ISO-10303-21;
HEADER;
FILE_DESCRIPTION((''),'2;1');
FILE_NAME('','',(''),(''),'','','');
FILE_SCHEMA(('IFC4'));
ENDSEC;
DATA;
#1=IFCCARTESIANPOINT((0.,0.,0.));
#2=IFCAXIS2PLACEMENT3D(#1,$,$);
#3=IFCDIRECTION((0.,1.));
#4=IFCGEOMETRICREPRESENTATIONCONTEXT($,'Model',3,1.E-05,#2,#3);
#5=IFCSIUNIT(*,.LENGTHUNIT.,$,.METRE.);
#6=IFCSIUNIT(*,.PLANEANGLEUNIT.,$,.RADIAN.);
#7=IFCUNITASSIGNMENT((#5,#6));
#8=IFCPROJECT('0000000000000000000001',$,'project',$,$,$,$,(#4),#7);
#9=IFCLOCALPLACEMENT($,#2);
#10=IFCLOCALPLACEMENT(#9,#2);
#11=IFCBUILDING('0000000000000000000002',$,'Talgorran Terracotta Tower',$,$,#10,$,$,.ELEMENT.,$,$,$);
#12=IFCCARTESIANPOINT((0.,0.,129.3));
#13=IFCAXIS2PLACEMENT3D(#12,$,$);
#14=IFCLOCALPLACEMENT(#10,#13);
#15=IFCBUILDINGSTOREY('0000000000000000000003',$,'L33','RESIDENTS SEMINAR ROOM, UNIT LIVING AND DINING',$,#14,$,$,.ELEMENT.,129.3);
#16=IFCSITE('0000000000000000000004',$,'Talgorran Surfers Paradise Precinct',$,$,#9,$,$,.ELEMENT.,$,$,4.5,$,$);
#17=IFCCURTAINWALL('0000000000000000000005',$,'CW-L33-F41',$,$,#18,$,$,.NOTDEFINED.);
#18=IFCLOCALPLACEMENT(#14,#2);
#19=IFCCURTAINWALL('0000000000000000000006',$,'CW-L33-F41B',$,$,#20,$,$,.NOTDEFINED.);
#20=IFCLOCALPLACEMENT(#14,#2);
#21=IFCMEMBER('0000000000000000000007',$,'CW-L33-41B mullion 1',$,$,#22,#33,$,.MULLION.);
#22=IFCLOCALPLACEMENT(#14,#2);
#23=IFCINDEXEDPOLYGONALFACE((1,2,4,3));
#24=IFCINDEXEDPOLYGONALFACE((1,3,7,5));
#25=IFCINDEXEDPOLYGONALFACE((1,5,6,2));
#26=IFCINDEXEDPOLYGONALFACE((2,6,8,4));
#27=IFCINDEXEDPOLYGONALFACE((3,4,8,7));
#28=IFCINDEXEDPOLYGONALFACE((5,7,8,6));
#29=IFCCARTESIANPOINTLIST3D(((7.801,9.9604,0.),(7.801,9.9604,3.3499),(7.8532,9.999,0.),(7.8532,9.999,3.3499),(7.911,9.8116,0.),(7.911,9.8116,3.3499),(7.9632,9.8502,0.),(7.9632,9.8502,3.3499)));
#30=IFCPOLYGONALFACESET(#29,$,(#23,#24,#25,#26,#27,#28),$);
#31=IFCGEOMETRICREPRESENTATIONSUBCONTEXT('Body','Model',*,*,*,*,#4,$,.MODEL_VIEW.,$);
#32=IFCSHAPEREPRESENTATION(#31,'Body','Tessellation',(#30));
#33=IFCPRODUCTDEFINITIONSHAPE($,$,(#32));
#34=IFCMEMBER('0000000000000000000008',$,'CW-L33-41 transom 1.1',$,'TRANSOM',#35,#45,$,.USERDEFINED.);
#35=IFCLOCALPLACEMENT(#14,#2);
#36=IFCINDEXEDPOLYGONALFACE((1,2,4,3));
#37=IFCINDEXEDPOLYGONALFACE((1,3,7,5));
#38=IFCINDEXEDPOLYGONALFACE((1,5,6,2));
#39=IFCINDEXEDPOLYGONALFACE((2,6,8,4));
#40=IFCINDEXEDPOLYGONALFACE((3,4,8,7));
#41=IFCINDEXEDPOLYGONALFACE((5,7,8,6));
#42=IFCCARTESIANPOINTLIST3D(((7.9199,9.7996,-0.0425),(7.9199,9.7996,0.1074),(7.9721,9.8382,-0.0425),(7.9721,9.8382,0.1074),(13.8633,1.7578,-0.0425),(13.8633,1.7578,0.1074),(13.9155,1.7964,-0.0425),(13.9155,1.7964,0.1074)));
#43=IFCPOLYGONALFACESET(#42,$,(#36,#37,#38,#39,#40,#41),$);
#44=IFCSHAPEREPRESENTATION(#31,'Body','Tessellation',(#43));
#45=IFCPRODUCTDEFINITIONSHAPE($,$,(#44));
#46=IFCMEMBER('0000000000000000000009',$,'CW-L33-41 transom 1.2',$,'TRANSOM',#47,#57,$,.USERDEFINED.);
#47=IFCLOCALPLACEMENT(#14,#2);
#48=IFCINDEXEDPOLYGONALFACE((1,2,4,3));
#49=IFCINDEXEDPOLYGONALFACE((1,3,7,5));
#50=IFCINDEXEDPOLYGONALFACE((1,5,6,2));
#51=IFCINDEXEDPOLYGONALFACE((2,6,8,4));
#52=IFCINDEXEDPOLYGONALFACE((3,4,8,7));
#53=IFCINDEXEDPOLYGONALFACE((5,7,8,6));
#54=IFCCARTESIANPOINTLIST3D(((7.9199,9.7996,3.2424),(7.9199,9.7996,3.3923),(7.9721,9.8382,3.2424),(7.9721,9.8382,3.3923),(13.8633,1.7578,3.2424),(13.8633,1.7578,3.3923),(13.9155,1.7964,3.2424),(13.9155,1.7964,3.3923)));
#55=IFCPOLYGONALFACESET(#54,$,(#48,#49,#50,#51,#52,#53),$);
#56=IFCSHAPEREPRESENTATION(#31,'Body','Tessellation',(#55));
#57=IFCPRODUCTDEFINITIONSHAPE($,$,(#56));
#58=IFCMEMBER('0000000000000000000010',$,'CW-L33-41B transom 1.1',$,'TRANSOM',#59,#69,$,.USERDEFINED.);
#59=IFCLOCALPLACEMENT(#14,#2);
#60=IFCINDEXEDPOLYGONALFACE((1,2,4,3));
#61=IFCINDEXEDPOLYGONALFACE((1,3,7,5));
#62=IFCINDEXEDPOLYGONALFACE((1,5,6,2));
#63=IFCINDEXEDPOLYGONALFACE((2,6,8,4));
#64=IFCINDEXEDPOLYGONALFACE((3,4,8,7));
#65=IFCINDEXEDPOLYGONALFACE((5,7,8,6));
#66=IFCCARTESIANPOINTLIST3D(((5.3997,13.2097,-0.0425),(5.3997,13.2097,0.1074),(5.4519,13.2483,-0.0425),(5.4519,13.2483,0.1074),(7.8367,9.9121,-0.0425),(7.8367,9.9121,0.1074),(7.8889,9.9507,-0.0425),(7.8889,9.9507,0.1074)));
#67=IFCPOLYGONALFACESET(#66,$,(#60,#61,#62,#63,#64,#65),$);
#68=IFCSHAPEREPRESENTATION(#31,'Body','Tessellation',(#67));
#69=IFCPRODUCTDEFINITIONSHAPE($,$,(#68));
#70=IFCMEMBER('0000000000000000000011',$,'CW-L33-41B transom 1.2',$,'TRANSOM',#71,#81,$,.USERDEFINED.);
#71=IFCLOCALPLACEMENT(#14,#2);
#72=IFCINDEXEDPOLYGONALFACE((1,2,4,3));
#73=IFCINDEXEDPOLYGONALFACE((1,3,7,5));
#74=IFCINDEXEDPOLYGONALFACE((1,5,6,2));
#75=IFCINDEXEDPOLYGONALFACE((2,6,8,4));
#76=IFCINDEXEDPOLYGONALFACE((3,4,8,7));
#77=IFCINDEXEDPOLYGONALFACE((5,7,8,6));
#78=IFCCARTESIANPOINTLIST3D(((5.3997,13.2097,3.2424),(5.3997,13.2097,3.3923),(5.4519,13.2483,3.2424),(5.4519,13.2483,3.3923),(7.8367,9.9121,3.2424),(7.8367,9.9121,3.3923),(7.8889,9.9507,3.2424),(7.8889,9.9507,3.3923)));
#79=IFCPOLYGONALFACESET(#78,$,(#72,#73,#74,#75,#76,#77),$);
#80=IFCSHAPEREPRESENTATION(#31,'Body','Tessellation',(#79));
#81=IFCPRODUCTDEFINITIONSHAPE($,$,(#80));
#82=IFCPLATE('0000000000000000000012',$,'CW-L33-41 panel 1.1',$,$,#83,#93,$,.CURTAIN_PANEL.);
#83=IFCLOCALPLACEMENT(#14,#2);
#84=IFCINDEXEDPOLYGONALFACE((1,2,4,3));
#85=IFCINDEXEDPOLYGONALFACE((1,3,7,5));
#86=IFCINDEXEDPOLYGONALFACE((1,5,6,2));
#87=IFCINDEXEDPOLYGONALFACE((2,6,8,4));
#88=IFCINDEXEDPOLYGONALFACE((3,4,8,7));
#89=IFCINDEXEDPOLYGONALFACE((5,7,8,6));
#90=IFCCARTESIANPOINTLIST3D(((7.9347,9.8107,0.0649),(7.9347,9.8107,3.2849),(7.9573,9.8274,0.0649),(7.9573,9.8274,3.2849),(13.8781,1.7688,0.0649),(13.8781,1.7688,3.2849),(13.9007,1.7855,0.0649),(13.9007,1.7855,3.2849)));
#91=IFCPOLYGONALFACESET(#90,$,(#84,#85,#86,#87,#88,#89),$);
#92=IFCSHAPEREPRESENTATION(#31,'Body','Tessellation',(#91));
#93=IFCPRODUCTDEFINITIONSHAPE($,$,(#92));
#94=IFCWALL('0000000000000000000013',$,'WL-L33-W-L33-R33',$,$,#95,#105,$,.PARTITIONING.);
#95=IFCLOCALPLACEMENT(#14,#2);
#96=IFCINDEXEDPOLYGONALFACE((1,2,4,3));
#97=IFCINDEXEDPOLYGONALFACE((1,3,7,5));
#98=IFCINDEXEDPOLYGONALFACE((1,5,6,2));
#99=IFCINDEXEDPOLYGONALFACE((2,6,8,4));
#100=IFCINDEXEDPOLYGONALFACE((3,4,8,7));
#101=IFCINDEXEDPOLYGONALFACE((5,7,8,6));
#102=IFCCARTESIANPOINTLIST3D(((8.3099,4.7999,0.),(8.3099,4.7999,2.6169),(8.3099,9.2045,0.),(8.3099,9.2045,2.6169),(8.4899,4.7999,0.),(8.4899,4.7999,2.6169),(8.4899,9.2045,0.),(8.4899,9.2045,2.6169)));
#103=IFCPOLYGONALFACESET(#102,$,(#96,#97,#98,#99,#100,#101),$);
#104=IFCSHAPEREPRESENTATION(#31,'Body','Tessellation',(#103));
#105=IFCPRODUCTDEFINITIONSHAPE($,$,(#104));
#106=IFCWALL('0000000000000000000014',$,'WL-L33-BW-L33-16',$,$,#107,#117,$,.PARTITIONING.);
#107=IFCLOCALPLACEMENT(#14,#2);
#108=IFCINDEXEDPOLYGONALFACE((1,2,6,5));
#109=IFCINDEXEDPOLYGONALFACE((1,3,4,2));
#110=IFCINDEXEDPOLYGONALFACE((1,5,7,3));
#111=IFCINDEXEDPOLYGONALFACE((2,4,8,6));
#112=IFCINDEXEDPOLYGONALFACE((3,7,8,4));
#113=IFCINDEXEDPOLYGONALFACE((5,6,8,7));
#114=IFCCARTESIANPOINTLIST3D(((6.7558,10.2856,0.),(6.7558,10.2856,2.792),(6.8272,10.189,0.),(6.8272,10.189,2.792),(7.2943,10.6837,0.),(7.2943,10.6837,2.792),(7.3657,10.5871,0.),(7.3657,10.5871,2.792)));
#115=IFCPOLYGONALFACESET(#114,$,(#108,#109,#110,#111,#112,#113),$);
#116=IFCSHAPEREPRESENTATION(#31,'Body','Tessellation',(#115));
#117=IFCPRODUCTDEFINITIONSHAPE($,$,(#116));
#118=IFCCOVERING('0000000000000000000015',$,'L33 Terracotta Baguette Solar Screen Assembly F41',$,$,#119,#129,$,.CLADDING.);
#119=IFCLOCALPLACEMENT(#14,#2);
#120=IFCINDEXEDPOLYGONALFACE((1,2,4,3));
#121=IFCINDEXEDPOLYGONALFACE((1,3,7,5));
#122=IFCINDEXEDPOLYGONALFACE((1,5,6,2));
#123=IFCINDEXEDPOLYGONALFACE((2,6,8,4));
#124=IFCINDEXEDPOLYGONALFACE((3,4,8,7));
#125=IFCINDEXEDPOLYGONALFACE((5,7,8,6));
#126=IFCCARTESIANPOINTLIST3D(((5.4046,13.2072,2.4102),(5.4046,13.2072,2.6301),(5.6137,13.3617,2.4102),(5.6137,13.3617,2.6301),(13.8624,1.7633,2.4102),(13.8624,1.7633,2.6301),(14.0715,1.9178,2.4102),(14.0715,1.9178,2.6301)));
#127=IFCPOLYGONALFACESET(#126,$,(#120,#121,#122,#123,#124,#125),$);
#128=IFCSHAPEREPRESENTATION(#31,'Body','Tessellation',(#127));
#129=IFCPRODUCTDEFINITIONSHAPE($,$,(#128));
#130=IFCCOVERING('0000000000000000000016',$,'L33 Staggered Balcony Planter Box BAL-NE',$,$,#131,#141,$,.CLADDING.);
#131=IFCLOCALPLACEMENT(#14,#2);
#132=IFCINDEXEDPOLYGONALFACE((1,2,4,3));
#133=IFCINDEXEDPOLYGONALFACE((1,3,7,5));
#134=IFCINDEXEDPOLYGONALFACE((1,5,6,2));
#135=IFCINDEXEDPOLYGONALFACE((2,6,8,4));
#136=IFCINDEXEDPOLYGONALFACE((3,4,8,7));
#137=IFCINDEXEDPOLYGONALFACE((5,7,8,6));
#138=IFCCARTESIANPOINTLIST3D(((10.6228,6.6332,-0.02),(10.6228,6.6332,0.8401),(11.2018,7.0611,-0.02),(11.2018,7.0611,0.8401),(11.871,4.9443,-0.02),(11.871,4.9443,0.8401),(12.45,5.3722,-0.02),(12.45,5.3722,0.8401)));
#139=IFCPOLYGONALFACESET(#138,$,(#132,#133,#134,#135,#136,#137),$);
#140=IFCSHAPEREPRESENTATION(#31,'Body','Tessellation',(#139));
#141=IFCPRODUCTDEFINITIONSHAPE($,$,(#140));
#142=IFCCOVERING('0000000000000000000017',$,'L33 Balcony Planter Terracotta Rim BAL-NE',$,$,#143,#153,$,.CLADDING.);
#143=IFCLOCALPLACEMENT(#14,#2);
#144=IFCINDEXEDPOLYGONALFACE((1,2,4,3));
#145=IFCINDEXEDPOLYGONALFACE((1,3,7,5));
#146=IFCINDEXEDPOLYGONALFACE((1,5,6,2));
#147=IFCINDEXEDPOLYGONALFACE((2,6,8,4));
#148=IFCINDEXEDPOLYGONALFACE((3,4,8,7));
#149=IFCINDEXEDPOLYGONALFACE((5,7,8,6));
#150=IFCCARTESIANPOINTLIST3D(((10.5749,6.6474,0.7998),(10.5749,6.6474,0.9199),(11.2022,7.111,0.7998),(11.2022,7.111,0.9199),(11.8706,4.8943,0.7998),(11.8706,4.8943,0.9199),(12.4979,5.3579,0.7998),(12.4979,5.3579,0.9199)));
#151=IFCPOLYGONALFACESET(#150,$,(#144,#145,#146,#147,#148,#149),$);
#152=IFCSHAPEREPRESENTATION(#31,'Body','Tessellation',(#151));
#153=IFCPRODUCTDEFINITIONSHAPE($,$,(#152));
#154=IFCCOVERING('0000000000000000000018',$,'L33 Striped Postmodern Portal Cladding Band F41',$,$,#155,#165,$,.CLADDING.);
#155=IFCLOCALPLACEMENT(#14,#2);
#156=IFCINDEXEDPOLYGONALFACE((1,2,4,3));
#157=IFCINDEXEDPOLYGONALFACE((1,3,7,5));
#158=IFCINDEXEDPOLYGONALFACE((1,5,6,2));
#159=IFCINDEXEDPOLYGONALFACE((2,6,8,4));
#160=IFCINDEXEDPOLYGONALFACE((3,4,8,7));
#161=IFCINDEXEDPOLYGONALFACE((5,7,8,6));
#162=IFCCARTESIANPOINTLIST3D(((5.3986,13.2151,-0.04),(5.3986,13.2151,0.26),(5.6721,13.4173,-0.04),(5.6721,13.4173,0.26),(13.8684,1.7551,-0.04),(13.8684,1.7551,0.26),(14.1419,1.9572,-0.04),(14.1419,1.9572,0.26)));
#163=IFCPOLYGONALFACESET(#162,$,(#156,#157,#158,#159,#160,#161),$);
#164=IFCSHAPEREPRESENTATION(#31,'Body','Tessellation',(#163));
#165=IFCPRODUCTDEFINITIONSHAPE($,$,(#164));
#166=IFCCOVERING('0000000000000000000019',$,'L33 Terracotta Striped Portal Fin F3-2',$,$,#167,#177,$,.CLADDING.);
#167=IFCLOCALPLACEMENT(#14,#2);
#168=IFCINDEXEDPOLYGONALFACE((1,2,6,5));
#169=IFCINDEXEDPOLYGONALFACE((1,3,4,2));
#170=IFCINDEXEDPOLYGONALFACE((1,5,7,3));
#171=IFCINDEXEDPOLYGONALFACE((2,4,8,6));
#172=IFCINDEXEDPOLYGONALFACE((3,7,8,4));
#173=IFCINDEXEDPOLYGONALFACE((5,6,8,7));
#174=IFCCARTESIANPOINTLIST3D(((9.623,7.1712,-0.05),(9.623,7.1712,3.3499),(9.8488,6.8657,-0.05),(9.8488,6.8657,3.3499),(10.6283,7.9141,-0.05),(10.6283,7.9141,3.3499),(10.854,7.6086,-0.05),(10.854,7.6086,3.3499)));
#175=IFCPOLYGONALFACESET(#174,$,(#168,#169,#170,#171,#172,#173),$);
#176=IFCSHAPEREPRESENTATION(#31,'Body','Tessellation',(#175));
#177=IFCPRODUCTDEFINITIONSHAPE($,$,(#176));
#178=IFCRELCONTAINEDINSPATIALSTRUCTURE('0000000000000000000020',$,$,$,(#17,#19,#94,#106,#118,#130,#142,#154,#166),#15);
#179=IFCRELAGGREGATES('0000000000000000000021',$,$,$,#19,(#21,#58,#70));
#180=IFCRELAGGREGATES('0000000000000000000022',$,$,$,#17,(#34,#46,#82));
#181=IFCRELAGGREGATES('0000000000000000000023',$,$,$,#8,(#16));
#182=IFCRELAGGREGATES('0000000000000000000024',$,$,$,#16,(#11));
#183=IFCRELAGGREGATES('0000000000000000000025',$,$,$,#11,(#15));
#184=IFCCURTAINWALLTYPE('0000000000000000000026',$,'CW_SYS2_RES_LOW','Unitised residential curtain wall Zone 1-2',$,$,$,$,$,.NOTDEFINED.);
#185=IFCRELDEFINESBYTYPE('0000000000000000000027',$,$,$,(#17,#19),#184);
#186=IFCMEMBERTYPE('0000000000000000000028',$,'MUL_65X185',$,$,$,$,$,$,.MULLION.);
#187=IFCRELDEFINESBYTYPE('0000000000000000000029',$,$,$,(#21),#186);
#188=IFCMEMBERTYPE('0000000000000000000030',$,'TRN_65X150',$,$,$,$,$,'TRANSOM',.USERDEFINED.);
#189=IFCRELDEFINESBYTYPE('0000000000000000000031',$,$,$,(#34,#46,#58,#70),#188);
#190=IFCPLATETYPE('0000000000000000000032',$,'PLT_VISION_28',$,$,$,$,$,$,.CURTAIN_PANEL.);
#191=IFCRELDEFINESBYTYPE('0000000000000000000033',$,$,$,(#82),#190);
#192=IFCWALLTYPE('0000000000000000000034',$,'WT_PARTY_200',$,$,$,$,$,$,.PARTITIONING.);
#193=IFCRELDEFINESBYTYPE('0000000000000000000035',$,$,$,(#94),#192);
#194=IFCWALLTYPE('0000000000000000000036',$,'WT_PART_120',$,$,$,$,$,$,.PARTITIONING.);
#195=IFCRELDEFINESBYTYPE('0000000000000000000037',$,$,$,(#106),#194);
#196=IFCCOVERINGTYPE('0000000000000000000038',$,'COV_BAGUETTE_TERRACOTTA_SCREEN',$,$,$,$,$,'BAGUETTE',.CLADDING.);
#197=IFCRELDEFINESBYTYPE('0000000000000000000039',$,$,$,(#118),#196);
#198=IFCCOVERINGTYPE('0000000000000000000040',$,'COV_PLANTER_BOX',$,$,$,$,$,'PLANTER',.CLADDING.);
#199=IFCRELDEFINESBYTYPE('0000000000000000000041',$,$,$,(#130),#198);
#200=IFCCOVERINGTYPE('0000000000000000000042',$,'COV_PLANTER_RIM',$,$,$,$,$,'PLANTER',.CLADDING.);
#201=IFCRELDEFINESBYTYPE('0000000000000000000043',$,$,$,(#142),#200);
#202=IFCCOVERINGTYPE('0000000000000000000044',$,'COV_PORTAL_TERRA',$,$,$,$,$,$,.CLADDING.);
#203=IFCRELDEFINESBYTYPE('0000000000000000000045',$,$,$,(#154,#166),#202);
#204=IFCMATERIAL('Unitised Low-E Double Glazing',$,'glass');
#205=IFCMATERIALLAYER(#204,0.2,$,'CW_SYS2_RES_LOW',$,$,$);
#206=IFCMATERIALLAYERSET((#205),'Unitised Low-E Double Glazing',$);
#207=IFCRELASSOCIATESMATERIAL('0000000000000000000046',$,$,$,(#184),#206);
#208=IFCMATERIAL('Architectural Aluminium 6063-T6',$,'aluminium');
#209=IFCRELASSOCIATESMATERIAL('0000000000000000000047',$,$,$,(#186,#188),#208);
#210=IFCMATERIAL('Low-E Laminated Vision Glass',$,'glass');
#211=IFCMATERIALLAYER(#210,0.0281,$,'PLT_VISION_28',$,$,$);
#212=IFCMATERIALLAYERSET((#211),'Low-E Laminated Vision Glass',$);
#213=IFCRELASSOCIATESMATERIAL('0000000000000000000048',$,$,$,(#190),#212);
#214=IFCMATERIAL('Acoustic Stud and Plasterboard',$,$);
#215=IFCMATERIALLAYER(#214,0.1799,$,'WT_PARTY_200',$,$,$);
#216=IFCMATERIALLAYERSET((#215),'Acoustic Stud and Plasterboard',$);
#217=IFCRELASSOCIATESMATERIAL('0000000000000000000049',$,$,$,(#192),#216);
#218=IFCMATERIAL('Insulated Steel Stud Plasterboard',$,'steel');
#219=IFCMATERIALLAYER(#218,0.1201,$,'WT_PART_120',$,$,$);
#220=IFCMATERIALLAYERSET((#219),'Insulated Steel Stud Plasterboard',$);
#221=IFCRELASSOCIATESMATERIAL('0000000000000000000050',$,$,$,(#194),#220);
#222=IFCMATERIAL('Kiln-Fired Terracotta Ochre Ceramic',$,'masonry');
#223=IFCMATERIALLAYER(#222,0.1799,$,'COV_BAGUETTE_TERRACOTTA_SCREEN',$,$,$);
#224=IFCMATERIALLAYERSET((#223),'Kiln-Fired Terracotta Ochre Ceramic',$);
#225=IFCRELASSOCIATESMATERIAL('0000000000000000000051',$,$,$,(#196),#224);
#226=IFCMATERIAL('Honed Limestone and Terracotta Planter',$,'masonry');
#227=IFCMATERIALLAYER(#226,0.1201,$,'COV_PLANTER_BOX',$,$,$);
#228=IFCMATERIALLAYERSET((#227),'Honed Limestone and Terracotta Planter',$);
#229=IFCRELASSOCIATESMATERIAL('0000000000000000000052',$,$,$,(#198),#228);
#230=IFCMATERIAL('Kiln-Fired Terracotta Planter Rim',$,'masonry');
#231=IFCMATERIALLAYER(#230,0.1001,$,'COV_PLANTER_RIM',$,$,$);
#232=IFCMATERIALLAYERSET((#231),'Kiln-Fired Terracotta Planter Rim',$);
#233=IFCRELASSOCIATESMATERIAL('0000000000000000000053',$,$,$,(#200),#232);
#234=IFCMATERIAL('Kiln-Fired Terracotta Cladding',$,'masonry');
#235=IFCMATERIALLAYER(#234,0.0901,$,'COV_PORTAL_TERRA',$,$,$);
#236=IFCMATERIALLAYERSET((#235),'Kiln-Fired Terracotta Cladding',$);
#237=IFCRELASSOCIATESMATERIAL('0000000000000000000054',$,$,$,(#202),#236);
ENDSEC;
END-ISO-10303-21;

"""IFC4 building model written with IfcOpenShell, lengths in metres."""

from ifc_helpers import new_model, si_unit, direction, frame, frame_2d, origin, origin_2d, place, context, subcontext, project, spatial, rectangle, extrude, source, transform, mapped, material, layer, layer_set, material_profile, profile_set, type_object, type_shapes, element, aggregate, save


model = new_model("IFC4")

# Units and contexts
model_context = context("Model", 3, precision=1e-05, world=origin(), true_north=direction((0.0, 1.0)))
body_context = subcontext(model_context, "Body", "Model", "MODEL_VIEW")
ifc_project = project(units=[si_unit("LENGTHUNIT", "METRE"), si_unit("PLANEANGLEUNIT", "RADIAN")], contexts=[model_context])

# Site, building, storey
site_placement = place(None, origin())
site = spatial("IfcSite", under=ifc_project, at=site_placement, Name="Talgorran Surfers Paradise Precinct", CompositionType="ELEMENT", RefElevation=4.5)
building_placement = place(site_placement, origin())
building = spatial("IfcBuilding", under=site, at=building_placement, Name="Talgorran Terracotta Tower", CompositionType="ELEMENT")
storey_placement = place(building_placement, frame((0.0, 0.0, 129.3)))
storey = spatial("IfcBuildingStorey", under=building, at=storey_placement, Name="L33", Description="RESIDENTS SEMINAR ROOM, UNIT LIVING AND DINING", CompositionType="ELEMENT", Elevation=129.3)

# Curtain wall
ifc_material_1 = material(Name="Unitised Low-E Double Glazing", Category="glass")
ifc_layer_1 = layer(ifc_material_1, 0.2, Name="CW_SYS2_RES_LOW")
ifc_layer_set_1 = layer_set([ifc_layer_1], Name="Unitised Low-E Double Glazing")
curtain_wall_type = type_object("IfcCurtainWallType", Name="CW_SYS2_RES_LOW", Description="Unitised residential curtain wall Zone 1-2", PredefinedType="NOTDEFINED", material=ifc_layer_set_1)
curtain_wall_1_placement = place(storey_placement, origin())
curtain_wall_1 = element("IfcCurtainWall", 1, at=curtain_wall_1_placement, inside=storey, type_object=curtain_wall_type, Name="CW-L33-F41", PredefinedType="NOTDEFINED")
ifc_material_2 = material(Name="Architectural Aluminium 6063-T6", Category="aluminium")
ifc_material_profile_1 = material_profile(ifc_material_2, rectangle(XDim=0.0649, YDim=0.1851, at=origin_2d()), Name="CWM65X185")
ifc_profile_set_1 = profile_set([ifc_material_profile_1], Name="Architectural Aluminium 6063-T6")
member_type_1 = type_object("IfcMemberType", Name="MUL_65X185", PredefinedType="MULLION", material=ifc_profile_set_1)

# Curtain wall, member
curtain_wall_2_placement = place(storey_placement, origin())
curtain_wall_2 = element("IfcCurtainWall", 2, at=curtain_wall_2_placement, inside=storey, type_object=curtain_wall_type, Name="CW-L33-F41B", PredefinedType="NOTDEFINED")
member_1_placement = place(storey_placement, frame((7.8821, 9.9053, 0.0), z_axis=(0.0, 0.0, 1.0), x_axis=(-0.80421, -0.594346, 0.0)))
member_1 = element("IfcMember", 3, at=member_1_placement, type_object=member_type_1, Name="CW-L33-41B mullion 1", PredefinedType="MULLION", context=body_context, shape_type="SweptSolid", body=[
    extrude(rectangle(XDim=0.0649, YDim=0.1851, at=origin_2d()), origin(), (0.0, 0.0, 1.0), 3.3499),
])

# Members
ifc_material_profile_2 = material_profile(ifc_material_2, rectangle(XDim=0.0649, YDim=0.1499, at=origin_2d()), Name="CWT65X150")
ifc_profile_set_2 = profile_set([ifc_material_profile_2], Name="Architectural Aluminium 6063-T6")
member_type_2 = type_object("IfcMemberType", Name="TRN_65X150", ElementType="TRANSOM", PredefinedType="USERDEFINED", material=ifc_profile_set_2)
member_2_placement = place(storey_placement, frame((13.8894, 1.7771, 0.0325), z_axis=(-0.594356, 0.804202, 0.0), x_axis=(-0.804202, -0.594356, 0.0)))
member_2 = element("IfcMember", 4, at=member_2_placement, type_object=member_type_2, Name="CW-L33-41 transom 1.1", ObjectType="TRANSOM", PredefinedType="USERDEFINED", context=body_context, shape_type="SweptSolid", body=[
    extrude(rectangle(XDim=0.0649, YDim=0.1499, at=origin_2d()), origin(), (0.0, 0.0, 1.0), 9.9998),
])
member_3_placement = place(storey_placement, frame((13.8894, 1.7771, 3.3174), z_axis=(-0.594356, 0.804202, 0.0), x_axis=(-0.804202, -0.594356, 0.0)))
member_3 = element("IfcMember", 5, at=member_3_placement, type_object=member_type_2, Name="CW-L33-41 transom 1.2", ObjectType="TRANSOM", PredefinedType="USERDEFINED", context=body_context, shape_type="SweptSolid", body=[
    extrude(rectangle(XDim=0.0649, YDim=0.1499, at=origin_2d()), origin(), (0.0, 0.0, 1.0), 9.9998),
])
member_4_placement = place(storey_placement, frame((7.8628, 9.9314, 0.0325), z_axis=(-0.594336, 0.804217, 0.0), x_axis=(-0.804217, -0.594336, 0.0)))
member_4 = element("IfcMember", 6, at=member_4_placement, type_object=member_type_2, Name="CW-L33-41B transom 1.1", ObjectType="TRANSOM", PredefinedType="USERDEFINED", context=body_context, shape_type="SweptSolid", body=[
    extrude(rectangle(XDim=0.0649, YDim=0.1499, at=origin_2d()), origin(), (0.0, 0.0, 1.0), 4.1003),
])
member_5_placement = place(storey_placement, frame((7.8628, 9.9314, 3.3174), z_axis=(-0.594336, 0.804217, 0.0), x_axis=(-0.804217, -0.594336, 0.0)))
member_5 = element("IfcMember", 7, at=member_5_placement, type_object=member_type_2, Name="CW-L33-41B transom 1.2", ObjectType="TRANSOM", PredefinedType="USERDEFINED", context=body_context, shape_type="SweptSolid", body=[
    extrude(rectangle(XDim=0.0649, YDim=0.1499, at=origin_2d()), origin(), (0.0, 0.0, 1.0), 4.1003),
])
aggregate(curtain_wall_2, [member_1, member_4, member_5])

# Plate
ifc_material_3 = material(Name="Low-E Laminated Vision Glass", Category="glass")
ifc_layer_2 = layer(ifc_material_3, 0.0281, Name="PLT_VISION_28")
ifc_layer_set_2 = layer_set([ifc_layer_2], Name="Low-E Laminated Vision Glass")
plate_type = type_object("IfcPlateType", Name="PLT_VISION_28", PredefinedType="CURTAIN_PANEL", material=ifc_layer_set_2)
shared_shape = source(origin(), body_context, "Body", "SweptSolid", [
    extrude(rectangle(XDim=9.9998, YDim=0.0281, at=origin_2d()), origin(), (0.0, 0.0, 1.0), 3.22),
])
type_shapes(plate_type, [shared_shape])
plate_placement = place(storey_placement, frame((10.9177, 5.7981, 0.0649), z_axis=(0.0, 0.0, 1.0), x_axis=(-0.594356, 0.804202, 0.0)))
plate = element("IfcPlate", 8, at=plate_placement, type_object=plate_type, Name="CW-L33-41 panel 1.1", PredefinedType="CURTAIN_PANEL", context=body_context, shape_type="MappedRepresentation", body=[
    mapped(shared_shape, transform((0.0, 0.0, 0.0), scale=1.0)),
])
aggregate(curtain_wall_1, [member_2, member_3, plate])

# Walls
ifc_material_4 = material(Name="Acoustic Stud and Plasterboard")
ifc_layer_3 = layer(ifc_material_4, 0.1799, Name="WT_PARTY_200")
ifc_layer_set_3 = layer_set([ifc_layer_3], Name="Acoustic Stud and Plasterboard")
wall_type_1 = type_object("IfcWallType", Name="WT_PARTY_200", PredefinedType="PARTITIONING", material=ifc_layer_set_3)
wall_1_placement = place(storey_placement, frame((8.3999, 4.8, 0.0), z_axis=(0.0, 0.0, 1.0), x_axis=(0.0, 1.0, 0.0)))
element("IfcWall", 9, at=wall_1_placement, inside=storey, type_object=wall_type_1, Name="WL-L33-W-L33-R33", PredefinedType="PARTITIONING", context=body_context, shape_type="SweptSolid", body=[
    extrude(rectangle(XDim=4.4045, YDim=0.1799, at=frame_2d((2.2021, 0.0))), origin(), (0.0, 0.0, 1.0), 2.6169),
])
ifc_material_5 = material(Name="Insulated Steel Stud Plasterboard", Category="steel")
ifc_layer_4 = layer(ifc_material_5, 0.1201, Name="WT_PART_120")
ifc_layer_set_4 = layer_set([ifc_layer_4], Name="Insulated Steel Stud Plasterboard")
wall_type_2 = type_object("IfcWallType", Name="WT_PART_120", PredefinedType="PARTITIONING", material=ifc_layer_set_4)
wall_2_placement = place(storey_placement, frame((7.3301, 10.6355, 0.0), z_axis=(0.0, 0.0, 1.0), x_axis=(-0.804093, -0.594504, 0.0)))
element("IfcWall", 10, at=wall_2_placement, inside=storey, type_object=wall_type_2, Name="WL-L33-BW-L33-16", PredefinedType="PARTITIONING", context=body_context, shape_type="SweptSolid", body=[
    extrude(rectangle(XDim=0.6697, YDim=0.1201, at=frame_2d((0.335, 0.0))), origin(), (0.0, 0.0, 1.0), 2.792),
])

# Coverings
ifc_material_6 = material(Name="Kiln-Fired Terracotta Ochre Ceramic", Category="masonry")
ifc_layer_5 = layer(ifc_material_6, 0.1799, Name="COV_BAGUETTE_TERRACOTTA_SCREEN")
ifc_layer_set_5 = layer_set([ifc_layer_5], Name="Kiln-Fired Terracotta Ochre Ceramic")
covering_type_1 = type_object("IfcCoveringType", Name="COV_BAGUETTE_TERRACOTTA_SCREEN", ElementType="BAGUETTE", PredefinedType="CLADDING", material=ifc_layer_set_5)
covering_1_placement = place(storey_placement, frame((9.738, 7.5625, 2.4102), z_axis=(0.0, 0.0, 1.0), x_axis=(-0.59436, 0.804199, 0.0)))
element("IfcCovering", 11, at=covering_1_placement, inside=storey, type_object=covering_type_1, Name="L33 Terracotta Baguette Solar Screen Assembly F41", PredefinedType="CLADDING", context=body_context, shape_type="SweptSolid", body=[
    extrude(rectangle(XDim=14.2302, YDim=0.26, at=origin_2d()), origin(), (0.0, 0.0, 1.0), 0.22),
])
ifc_material_7 = material(Name="Honed Limestone and Terracotta Planter", Category="masonry")
ifc_layer_6 = layer(ifc_material_7, 0.1201, Name="COV_PLANTER_BOX")
ifc_layer_set_6 = layer_set([ifc_layer_6], Name="Honed Limestone and Terracotta Planter")
covering_type_2 = type_object("IfcCoveringType", Name="COV_PLANTER_BOX", ElementType="PLANTER", PredefinedType="CLADDING", material=ifc_layer_set_6)
covering_2_placement = place(storey_placement, frame((11.5364, 6.0027, -0.02), z_axis=(0.0, 0.0, 1.0), x_axis=(-0.59436, 0.804199, 0.0)))
element("IfcCovering", 12, at=covering_2_placement, inside=storey, type_object=covering_type_2, Name="L33 Staggered Balcony Planter Box BAL-NE", PredefinedType="CLADDING", context=body_context, shape_type="SweptSolid", body=[
    extrude(rectangle(XDim=2.1001, YDim=0.72, at=origin_2d()), origin(), (0.0, 0.0, 1.0), 0.8601),
])
ifc_material_8 = material(Name="Kiln-Fired Terracotta Planter Rim", Category="masonry")
ifc_layer_7 = layer(ifc_material_8, 0.1001, Name="COV_PLANTER_RIM")
ifc_layer_set_7 = layer_set([ifc_layer_7], Name="Kiln-Fired Terracotta Planter Rim")
covering_type_3 = type_object("IfcCoveringType", Name="COV_PLANTER_RIM", ElementType="PLANTER", PredefinedType="CLADDING", material=ifc_layer_set_7)
covering_3_placement = place(storey_placement, frame((11.5364, 6.0027, 0.7998), z_axis=(0.0, 0.0, 1.0), x_axis=(-0.59436, 0.804199, 0.0)))
element("IfcCovering", 13, at=covering_3_placement, inside=storey, type_object=covering_type_3, Name="L33 Balcony Planter Terracotta Rim BAL-NE", PredefinedType="CLADDING", context=body_context, shape_type="SweptSolid", body=[
    extrude(rectangle(XDim=2.1799, YDim=0.78, at=origin_2d()), origin(), (0.0, 0.0, 1.0), 0.1201),
])
ifc_material_9 = material(Name="Kiln-Fired Terracotta Cladding", Category="masonry")
ifc_layer_8 = layer(ifc_material_9, 0.0901, Name="COV_PORTAL_TERRA")
ifc_layer_set_8 = layer_set([ifc_layer_8], Name="Kiln-Fired Terracotta Cladding")
covering_type_4 = type_object("IfcCoveringType", Name="COV_PORTAL_TERRA", PredefinedType="CLADDING", material=ifc_layer_set_8)
covering_4_placement = place(storey_placement, frame((9.7703, 7.5862, -0.04), z_axis=(0.0, 0.0, 1.0), x_axis=(-0.59436, 0.804199, 0.0)))
element("IfcCovering", 14, at=covering_4_placement, inside=storey, type_object=covering_type_4, Name="L33 Striped Postmodern Portal Cladding Band F41", PredefinedType="CLADDING", context=body_context, shape_type="SweptSolid", body=[
    extrude(rectangle(XDim=14.2502, YDim=0.3401, at=origin_2d()), origin(), (0.0, 0.0, 1.0), 0.3),
])
covering_5_placement = place(storey_placement, frame((10.2385, 7.3899, -0.05), z_axis=(0.0, 0.0, 1.0), x_axis=(-0.59436, 0.804199, 0.0)))
element("IfcCovering", 15, at=covering_5_placement, inside=storey, type_object=covering_type_4, Name="L33 Terracotta Striped Portal Fin F3-2", PredefinedType="CLADDING", context=body_context, shape_type="SweptSolid", body=[
    extrude(rectangle(XDim=0.3799, YDim=1.25, at=origin_2d()), origin(), (0.0, 0.0, 1.0), 3.3999),
])

save(model, "model.ifc")
